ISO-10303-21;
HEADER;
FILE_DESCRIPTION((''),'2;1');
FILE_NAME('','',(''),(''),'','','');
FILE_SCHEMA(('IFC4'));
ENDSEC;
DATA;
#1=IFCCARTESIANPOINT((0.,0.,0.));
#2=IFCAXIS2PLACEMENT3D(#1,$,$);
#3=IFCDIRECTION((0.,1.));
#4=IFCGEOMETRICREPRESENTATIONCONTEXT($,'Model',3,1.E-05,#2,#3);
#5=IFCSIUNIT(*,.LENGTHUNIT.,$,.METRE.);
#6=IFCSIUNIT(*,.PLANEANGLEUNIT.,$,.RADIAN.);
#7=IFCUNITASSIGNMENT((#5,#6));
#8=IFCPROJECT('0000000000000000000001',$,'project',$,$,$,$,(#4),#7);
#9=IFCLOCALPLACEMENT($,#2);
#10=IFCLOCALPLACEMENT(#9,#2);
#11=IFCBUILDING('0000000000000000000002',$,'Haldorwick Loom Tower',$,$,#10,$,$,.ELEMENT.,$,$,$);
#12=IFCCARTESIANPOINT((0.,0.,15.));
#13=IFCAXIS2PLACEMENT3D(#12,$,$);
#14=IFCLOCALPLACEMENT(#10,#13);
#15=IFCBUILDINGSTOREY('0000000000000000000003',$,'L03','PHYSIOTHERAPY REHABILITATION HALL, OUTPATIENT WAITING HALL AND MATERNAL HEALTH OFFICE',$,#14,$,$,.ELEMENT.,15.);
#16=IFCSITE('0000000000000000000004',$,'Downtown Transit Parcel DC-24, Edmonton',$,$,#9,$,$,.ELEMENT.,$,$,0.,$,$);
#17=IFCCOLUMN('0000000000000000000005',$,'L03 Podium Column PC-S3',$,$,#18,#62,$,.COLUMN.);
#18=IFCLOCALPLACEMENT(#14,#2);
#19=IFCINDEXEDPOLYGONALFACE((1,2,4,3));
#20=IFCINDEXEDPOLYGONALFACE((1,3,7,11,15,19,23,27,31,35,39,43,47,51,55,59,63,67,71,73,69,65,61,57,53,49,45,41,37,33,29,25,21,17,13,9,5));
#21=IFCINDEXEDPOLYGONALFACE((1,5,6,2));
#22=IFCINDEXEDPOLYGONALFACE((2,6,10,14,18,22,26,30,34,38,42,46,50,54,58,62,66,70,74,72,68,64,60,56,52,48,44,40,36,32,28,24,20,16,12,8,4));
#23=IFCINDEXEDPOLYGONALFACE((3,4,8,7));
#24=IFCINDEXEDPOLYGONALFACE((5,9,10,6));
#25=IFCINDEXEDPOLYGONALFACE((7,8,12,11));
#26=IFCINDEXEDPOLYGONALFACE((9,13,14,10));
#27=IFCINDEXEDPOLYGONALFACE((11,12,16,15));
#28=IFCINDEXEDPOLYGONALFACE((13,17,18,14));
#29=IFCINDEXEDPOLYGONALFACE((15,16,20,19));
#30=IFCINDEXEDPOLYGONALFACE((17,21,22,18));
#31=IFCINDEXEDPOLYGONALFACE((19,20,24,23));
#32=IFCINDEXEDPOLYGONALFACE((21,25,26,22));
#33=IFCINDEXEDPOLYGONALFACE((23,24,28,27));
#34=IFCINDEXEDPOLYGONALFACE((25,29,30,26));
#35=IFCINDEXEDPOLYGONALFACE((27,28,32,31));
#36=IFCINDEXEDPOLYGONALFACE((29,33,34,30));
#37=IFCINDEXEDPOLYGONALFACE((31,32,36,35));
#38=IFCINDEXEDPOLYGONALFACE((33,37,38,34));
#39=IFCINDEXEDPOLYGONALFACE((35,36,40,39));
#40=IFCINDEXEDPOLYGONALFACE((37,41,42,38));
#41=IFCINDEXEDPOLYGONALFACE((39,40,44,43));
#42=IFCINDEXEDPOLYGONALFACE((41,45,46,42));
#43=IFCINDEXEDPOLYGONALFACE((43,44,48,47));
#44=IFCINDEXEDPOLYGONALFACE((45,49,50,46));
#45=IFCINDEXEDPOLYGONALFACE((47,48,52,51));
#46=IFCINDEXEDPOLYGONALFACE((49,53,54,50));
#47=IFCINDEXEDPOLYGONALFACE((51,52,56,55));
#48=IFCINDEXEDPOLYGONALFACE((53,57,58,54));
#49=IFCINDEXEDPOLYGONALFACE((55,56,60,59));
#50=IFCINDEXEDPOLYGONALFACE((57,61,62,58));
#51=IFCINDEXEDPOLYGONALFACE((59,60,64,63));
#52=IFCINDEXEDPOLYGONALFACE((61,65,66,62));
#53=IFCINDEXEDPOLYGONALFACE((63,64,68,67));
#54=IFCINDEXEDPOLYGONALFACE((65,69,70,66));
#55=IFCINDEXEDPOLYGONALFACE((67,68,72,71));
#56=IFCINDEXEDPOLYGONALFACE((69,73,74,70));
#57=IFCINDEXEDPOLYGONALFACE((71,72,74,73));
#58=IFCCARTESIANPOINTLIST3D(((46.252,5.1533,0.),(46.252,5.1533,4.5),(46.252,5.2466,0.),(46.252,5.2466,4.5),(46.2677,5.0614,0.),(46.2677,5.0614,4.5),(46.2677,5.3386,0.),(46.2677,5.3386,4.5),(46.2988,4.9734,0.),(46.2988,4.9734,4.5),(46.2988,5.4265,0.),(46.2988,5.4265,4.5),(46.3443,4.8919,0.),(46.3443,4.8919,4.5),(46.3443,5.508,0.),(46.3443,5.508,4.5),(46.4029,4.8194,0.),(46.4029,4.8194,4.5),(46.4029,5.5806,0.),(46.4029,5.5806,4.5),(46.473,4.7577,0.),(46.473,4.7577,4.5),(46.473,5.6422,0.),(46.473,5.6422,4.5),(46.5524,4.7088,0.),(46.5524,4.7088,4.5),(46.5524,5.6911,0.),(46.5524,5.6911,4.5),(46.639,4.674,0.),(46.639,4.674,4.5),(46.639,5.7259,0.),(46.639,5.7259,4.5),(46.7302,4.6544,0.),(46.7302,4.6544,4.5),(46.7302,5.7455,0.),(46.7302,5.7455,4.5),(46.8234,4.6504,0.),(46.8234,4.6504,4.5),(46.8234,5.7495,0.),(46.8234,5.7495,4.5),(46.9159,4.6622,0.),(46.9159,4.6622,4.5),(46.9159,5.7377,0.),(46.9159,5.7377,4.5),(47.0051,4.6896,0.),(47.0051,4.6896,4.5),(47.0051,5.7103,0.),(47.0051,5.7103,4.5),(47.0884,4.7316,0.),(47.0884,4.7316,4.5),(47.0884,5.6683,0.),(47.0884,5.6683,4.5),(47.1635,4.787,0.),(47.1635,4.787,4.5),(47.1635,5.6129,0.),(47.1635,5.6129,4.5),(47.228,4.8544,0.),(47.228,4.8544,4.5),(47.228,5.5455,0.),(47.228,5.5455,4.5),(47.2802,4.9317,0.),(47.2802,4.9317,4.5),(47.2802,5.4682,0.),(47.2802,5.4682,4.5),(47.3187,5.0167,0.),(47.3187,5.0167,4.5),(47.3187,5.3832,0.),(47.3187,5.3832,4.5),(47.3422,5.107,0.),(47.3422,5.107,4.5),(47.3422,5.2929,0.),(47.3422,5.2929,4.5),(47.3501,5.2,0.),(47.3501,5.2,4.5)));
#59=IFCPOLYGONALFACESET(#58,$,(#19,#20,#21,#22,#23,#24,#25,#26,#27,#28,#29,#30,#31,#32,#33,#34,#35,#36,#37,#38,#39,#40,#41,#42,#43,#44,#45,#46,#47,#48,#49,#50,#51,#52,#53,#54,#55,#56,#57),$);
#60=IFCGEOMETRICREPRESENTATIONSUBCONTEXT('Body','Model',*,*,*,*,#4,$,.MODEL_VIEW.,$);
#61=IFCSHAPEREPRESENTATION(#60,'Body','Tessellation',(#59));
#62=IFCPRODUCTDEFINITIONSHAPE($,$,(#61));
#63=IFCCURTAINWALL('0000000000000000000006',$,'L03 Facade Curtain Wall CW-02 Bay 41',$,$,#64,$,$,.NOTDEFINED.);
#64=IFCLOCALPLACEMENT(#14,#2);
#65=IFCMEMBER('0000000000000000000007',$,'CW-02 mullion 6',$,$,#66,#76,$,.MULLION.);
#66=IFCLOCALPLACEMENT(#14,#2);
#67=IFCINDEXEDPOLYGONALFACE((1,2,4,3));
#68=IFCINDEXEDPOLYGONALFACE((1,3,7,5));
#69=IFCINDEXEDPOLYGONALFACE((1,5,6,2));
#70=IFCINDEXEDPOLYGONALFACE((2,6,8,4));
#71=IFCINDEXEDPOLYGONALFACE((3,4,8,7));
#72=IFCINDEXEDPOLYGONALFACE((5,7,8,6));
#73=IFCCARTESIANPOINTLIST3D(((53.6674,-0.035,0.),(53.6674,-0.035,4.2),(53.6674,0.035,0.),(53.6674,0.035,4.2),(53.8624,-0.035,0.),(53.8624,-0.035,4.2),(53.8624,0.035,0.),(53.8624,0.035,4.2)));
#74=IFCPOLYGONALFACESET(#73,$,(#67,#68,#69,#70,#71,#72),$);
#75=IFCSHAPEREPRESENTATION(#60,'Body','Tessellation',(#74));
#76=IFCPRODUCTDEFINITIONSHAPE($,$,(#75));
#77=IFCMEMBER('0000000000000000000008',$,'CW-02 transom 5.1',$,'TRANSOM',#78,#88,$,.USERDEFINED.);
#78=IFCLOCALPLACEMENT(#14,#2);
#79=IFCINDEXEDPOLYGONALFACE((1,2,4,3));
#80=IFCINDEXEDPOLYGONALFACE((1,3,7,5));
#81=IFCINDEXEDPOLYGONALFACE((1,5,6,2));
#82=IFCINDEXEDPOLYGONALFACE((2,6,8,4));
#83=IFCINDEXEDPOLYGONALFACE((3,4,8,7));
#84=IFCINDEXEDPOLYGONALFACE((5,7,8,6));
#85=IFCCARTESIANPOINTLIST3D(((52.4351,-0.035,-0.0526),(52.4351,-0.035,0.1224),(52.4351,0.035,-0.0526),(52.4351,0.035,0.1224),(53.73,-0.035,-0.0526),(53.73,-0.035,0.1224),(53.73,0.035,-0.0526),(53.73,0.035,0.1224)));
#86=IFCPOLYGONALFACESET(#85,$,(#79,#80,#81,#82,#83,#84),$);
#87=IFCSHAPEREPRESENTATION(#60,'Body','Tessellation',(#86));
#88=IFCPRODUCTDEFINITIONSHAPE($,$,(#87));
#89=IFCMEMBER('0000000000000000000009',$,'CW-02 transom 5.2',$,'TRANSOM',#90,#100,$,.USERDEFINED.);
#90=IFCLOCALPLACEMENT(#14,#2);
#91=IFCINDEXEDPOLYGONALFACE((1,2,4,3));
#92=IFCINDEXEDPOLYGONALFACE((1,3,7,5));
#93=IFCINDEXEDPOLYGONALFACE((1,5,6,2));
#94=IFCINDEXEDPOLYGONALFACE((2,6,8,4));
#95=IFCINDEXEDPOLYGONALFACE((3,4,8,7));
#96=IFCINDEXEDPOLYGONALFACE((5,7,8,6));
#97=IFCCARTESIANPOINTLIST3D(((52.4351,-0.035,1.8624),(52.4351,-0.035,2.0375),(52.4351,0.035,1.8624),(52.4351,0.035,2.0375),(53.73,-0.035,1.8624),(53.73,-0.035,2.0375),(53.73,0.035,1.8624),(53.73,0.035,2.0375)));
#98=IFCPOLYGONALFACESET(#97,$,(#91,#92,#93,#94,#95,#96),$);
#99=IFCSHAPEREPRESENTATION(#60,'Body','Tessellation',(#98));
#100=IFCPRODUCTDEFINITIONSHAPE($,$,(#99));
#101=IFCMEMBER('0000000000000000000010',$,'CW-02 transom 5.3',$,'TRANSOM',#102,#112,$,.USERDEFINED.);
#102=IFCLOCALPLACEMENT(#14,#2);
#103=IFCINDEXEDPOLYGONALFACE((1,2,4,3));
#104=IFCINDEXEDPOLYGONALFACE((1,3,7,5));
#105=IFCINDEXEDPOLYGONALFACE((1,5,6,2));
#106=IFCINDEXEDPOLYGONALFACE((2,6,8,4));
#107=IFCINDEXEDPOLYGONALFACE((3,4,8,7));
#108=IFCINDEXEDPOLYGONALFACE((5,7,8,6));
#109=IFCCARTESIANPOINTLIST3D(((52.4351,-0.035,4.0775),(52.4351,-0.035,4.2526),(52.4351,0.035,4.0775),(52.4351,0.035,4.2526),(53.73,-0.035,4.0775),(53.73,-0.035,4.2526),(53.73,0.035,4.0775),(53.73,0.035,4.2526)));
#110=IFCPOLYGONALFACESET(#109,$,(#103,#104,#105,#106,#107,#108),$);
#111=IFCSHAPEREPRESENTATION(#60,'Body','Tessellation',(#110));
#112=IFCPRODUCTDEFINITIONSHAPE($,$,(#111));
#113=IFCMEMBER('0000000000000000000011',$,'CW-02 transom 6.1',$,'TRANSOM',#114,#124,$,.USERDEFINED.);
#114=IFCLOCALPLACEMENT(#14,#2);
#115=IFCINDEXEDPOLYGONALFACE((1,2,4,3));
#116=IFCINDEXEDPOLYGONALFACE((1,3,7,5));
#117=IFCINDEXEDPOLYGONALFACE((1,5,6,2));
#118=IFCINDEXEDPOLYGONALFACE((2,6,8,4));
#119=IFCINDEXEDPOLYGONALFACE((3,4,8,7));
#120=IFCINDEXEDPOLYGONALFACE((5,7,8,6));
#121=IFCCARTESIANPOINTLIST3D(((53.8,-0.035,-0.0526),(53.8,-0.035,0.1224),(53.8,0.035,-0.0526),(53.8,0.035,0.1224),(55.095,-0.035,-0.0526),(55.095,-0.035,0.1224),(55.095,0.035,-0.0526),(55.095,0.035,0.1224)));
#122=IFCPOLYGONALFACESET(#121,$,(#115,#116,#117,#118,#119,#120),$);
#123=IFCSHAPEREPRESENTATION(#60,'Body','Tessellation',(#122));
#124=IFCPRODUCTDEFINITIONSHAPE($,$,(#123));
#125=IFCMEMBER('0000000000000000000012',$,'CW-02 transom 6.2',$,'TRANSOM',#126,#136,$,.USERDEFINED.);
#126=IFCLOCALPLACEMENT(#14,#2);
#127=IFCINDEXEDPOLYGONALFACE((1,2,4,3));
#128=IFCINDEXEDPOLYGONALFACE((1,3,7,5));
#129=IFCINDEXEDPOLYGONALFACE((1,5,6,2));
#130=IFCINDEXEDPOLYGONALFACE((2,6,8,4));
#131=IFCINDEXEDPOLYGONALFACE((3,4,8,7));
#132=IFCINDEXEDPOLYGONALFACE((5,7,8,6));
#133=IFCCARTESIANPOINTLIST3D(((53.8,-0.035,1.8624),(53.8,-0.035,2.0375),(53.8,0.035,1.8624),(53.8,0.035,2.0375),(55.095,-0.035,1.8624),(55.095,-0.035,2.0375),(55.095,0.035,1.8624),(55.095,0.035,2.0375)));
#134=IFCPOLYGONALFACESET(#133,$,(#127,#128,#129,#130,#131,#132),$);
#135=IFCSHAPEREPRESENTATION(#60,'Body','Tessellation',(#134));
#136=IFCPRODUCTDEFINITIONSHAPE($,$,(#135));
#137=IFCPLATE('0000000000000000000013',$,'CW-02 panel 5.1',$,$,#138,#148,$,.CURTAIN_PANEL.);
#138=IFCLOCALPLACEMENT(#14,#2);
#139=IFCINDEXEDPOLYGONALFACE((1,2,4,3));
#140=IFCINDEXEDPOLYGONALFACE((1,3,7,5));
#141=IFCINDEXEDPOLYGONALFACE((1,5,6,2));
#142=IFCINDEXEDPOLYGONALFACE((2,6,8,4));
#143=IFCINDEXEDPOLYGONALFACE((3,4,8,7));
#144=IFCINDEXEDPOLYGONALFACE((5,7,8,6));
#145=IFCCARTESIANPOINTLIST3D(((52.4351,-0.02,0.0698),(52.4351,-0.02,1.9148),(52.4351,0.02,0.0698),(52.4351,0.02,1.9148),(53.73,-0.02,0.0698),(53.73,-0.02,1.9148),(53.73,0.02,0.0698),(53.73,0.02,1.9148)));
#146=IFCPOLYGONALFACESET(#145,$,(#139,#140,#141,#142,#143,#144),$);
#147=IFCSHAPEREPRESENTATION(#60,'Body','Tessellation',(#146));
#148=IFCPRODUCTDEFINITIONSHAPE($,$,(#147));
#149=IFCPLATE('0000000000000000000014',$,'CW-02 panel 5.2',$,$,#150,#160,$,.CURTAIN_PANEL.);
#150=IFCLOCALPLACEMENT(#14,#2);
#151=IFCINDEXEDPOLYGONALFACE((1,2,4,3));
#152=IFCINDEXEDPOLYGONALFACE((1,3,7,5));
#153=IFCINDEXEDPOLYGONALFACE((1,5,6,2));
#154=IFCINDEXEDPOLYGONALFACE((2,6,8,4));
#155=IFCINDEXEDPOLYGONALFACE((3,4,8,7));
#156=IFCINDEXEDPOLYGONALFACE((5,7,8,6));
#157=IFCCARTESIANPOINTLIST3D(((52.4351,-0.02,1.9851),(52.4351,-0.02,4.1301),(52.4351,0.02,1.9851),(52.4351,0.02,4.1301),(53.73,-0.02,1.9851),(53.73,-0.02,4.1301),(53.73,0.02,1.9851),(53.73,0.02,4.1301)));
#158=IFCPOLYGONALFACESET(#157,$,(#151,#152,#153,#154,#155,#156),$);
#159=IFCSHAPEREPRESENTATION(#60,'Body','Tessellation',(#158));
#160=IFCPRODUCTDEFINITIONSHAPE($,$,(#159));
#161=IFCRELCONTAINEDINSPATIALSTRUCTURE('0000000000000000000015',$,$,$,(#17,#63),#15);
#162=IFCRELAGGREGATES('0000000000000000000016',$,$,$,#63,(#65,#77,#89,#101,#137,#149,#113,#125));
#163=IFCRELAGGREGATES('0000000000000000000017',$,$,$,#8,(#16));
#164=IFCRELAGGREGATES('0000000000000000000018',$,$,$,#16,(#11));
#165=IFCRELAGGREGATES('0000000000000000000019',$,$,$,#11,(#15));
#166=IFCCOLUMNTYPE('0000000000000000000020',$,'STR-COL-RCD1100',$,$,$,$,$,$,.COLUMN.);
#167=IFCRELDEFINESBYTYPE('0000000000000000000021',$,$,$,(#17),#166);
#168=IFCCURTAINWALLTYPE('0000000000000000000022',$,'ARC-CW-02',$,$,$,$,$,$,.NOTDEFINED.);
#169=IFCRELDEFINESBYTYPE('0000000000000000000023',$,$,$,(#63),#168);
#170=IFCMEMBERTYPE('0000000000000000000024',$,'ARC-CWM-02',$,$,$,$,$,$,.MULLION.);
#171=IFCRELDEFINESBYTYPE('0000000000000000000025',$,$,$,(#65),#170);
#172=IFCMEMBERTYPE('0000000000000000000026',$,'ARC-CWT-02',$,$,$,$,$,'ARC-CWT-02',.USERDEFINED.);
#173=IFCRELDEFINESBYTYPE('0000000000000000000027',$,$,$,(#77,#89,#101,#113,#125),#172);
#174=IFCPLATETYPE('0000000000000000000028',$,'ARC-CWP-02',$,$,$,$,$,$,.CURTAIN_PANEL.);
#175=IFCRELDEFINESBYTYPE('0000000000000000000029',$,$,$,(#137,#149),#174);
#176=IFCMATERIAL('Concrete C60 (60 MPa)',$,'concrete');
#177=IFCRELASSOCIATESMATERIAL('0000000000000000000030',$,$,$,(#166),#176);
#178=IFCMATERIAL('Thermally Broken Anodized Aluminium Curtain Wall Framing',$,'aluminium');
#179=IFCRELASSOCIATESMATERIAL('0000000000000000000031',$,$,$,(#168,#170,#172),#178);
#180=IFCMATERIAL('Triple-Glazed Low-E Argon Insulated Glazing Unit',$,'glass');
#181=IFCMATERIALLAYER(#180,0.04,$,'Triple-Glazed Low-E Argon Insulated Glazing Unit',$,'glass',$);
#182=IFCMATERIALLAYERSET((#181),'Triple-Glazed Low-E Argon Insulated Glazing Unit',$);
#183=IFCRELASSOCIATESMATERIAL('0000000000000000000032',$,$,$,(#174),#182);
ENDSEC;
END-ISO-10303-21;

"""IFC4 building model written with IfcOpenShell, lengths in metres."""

from ifc_helpers import new_model, si_unit, direction, frame, origin, origin_2d, place, context, subcontext, project, spatial, rectangle, circle, extrude, material, layer, layer_set, material_profile, profile_set, type_object, element, aggregate, save


model = new_model("IFC4")

# Units and contexts
model_context = context("Model", 3, precision=1e-05, world=origin(), true_north=direction((0.0, 1.0)))
body_context = subcontext(model_context, "Body", "Model", "MODEL_VIEW")
ifc_project = project(units=[si_unit("LENGTHUNIT", "METRE"), si_unit("PLANEANGLEUNIT", "RADIAN")], contexts=[model_context])

# Site, building, storey
site_placement = place(None, origin())
site = spatial("IfcSite", under=ifc_project, at=site_placement, Name="Downtown Transit Parcel DC-24, Edmonton", CompositionType="ELEMENT", RefElevation=0.0)
building_placement = place(site_placement, origin())
building = spatial("IfcBuilding", under=site, at=building_placement, Name="Haldorwick Loom Tower", CompositionType="ELEMENT")
storey_placement = place(building_placement, frame((0.0, 0.0, 15.0)))
storey = spatial("IfcBuildingStorey", under=building, at=storey_placement, Name="L03", Description="PHYSIOTHERAPY REHABILITATION HALL, OUTPATIENT WAITING HALL AND MATERNAL HEALTH OFFICE", CompositionType="ELEMENT", Elevation=15.0)

# Column
ifc_material_1 = material(Name="Concrete C60 (60 MPa)", Category="concrete")
ifc_material_profile_1 = material_profile(ifc_material_1, circle(Radius=0.55, at=origin_2d()), Name="RCD1100", Category="concrete")
ifc_profile_set_1 = profile_set([ifc_material_profile_1], Name="Concrete C60 (60 MPa)")
column_type = type_object("IfcColumnType", Name="STR-COL-RCD1100", PredefinedType="COLUMN", material=ifc_profile_set_1)
column_placement = place(storey_placement, frame((46.8, 5.2, 0.0), z_axis=(0.0, 0.0, 1.0), x_axis=(1.0, 0.0, 0.0)))
element("IfcColumn", 1, at=column_placement, inside=storey, type_object=column_type, Name="L03 Podium Column PC-S3", PredefinedType="COLUMN", context=body_context, shape_type="SweptSolid", body=[
    extrude(circle(Radius=0.55, at=origin_2d()), origin(), (0.0, 0.0, 1.0), 4.5),
])

# Curtain wall, members, plates
ifc_material_2 = material(Name="Thermally Broken Anodized Aluminium Curtain Wall Framing", Category="aluminium")
curtain_wall_type = type_object("IfcCurtainWallType", Name="ARC-CW-02", PredefinedType="NOTDEFINED", material=ifc_material_2)
curtain_wall_placement = place(storey_placement, origin())
curtain_wall = element("IfcCurtainWall", 2, at=curtain_wall_placement, inside=storey, type_object=curtain_wall_type, Name="L03 Facade Curtain Wall CW-02 Bay 41", PredefinedType="NOTDEFINED")
ifc_material_profile_2 = material_profile(ifc_material_2, rectangle(XDim=0.0701, YDim=0.1951, at=origin_2d()), Name="ALU_MUL_70X195", Category="aluminium")
ifc_profile_set_2 = profile_set([ifc_material_profile_2], Name="Thermally Broken Anodized Aluminium Curtain Wall Framing")
member_type_1 = type_object("IfcMemberType", Name="ARC-CWM-02", PredefinedType="MULLION", material=ifc_profile_set_2)
member_1_placement = place(storey_placement, frame((53.7649, 0.0, 0.0), z_axis=(0.0, 0.0, 1.0), x_axis=(0.0, 1.0, 0.0)))
member_1 = element("IfcMember", 3, at=member_1_placement, type_object=member_type_1, Name="CW-02 mullion 6", PredefinedType="MULLION", context=body_context, shape_type="SweptSolid", body=[
    extrude(rectangle(XDim=0.0701, YDim=0.1951, at=origin_2d()), origin(), (0.0, 0.0, 1.0), 4.2),
])
ifc_material_profile_3 = material_profile(ifc_material_2, rectangle(XDim=0.0701, YDim=0.175, at=origin_2d()), Name="ALU_TRN_70X175", Category="aluminium")
ifc_profile_set_3 = profile_set([ifc_material_profile_3], Name="Thermally Broken Anodized Aluminium Curtain Wall Framing")
member_type_2 = type_object("IfcMemberType", Name="ARC-CWT-02", ElementType="ARC-CWT-02", PredefinedType="USERDEFINED", material=ifc_profile_set_3)
member_2_placement = place(storey_placement, frame((52.4351, 0.0, 0.0349), z_axis=(1.0, 0.0, 0.0), x_axis=(0.0, 1.0, 0.0)))
member_2 = element("IfcMember", 4, at=member_2_placement, type_object=member_type_2, Name="CW-02 transom 5.1", ObjectType="TRANSOM", PredefinedType="USERDEFINED", context=body_context, shape_type="SweptSolid", body=[
    extrude(rectangle(XDim=0.0701, YDim=0.175, at=origin_2d()), origin(), (0.0, 0.0, 1.0), 1.2949),
])
member_3_placement = place(storey_placement, frame((52.4351, 0.0, 1.95), z_axis=(1.0, 0.0, 0.0), x_axis=(0.0, 1.0, 0.0)))
member_3 = element("IfcMember", 5, at=member_3_placement, type_object=member_type_2, Name="CW-02 transom 5.2", ObjectType="TRANSOM", PredefinedType="USERDEFINED", context=body_context, shape_type="SweptSolid", body=[
    extrude(rectangle(XDim=0.0701, YDim=0.175, at=origin_2d()), origin(), (0.0, 0.0, 1.0), 1.2949),
])
member_4_placement = place(storey_placement, frame((52.4351, 0.0, 4.165), z_axis=(1.0, 0.0, 0.0), x_axis=(0.0, 1.0, 0.0)))
member_4 = element("IfcMember", 6, at=member_4_placement, type_object=member_type_2, Name="CW-02 transom 5.3", ObjectType="TRANSOM", PredefinedType="USERDEFINED", context=body_context, shape_type="SweptSolid", body=[
    extrude(rectangle(XDim=0.0701, YDim=0.175, at=origin_2d()), origin(), (0.0, 0.0, 1.0), 1.2949),
])
member_5_placement = place(storey_placement, frame((53.8, 0.0, 0.0349), z_axis=(1.0, 0.0, 0.0), x_axis=(0.0, 1.0, 0.0)))
member_5 = element("IfcMember", 7, at=member_5_placement, type_object=member_type_2, Name="CW-02 transom 6.1", ObjectType="TRANSOM", PredefinedType="USERDEFINED", context=body_context, shape_type="SweptSolid", body=[
    extrude(rectangle(XDim=0.0701, YDim=0.175, at=origin_2d()), origin(), (0.0, 0.0, 1.0), 1.2949),
])
member_6_placement = place(storey_placement, frame((53.8, 0.0, 1.95), z_axis=(1.0, 0.0, 0.0), x_axis=(0.0, 1.0, 0.0)))
member_6 = element("IfcMember", 8, at=member_6_placement, type_object=member_type_2, Name="CW-02 transom 6.2", ObjectType="TRANSOM", PredefinedType="USERDEFINED", context=body_context, shape_type="SweptSolid", body=[
    extrude(rectangle(XDim=0.0701, YDim=0.175, at=origin_2d()), origin(), (0.0, 0.0, 1.0), 1.2949),
])
ifc_material_3 = material(Name="Triple-Glazed Low-E Argon Insulated Glazing Unit", Category="glass")
ifc_layer_1 = layer(ifc_material_3, 0.04, Name="Triple-Glazed Low-E Argon Insulated Glazing Unit", Category="glass")
ifc_layer_set_1 = layer_set([ifc_layer_1], Name="Triple-Glazed Low-E Argon Insulated Glazing Unit")
plate_type = type_object("IfcPlateType", Name="ARC-CWP-02", PredefinedType="CURTAIN_PANEL", material=ifc_layer_set_1)
plate_1_placement = place(storey_placement, frame((53.0825, 0.0, 0.0698), z_axis=(0.0, 0.0, 1.0), x_axis=(1.0, 0.0, 0.0)))
plate_1 = element("IfcPlate", 9, at=plate_1_placement, type_object=plate_type, Name="CW-02 panel 5.1", PredefinedType="CURTAIN_PANEL", context=body_context, shape_type="SweptSolid", body=[
    extrude(rectangle(XDim=1.2949, YDim=0.04, at=origin_2d()), origin(), (0.0, 0.0, 1.0), 1.845),
])
plate_2_placement = place(storey_placement, frame((53.0825, 0.0, 1.9851), z_axis=(0.0, 0.0, 1.0), x_axis=(1.0, 0.0, 0.0)))
plate_2 = element("IfcPlate", 10, at=plate_2_placement, type_object=plate_type, Name="CW-02 panel 5.2", PredefinedType="CURTAIN_PANEL", context=body_context, shape_type="SweptSolid", body=[
    extrude(rectangle(XDim=1.2949, YDim=0.04, at=origin_2d()), origin(), (0.0, 0.0, 1.0), 2.145),
])
aggregate(curtain_wall, [member_1, member_2, member_3, member_4, plate_1, plate_2, member_5, member_6])

save(model, "model.ifc")
